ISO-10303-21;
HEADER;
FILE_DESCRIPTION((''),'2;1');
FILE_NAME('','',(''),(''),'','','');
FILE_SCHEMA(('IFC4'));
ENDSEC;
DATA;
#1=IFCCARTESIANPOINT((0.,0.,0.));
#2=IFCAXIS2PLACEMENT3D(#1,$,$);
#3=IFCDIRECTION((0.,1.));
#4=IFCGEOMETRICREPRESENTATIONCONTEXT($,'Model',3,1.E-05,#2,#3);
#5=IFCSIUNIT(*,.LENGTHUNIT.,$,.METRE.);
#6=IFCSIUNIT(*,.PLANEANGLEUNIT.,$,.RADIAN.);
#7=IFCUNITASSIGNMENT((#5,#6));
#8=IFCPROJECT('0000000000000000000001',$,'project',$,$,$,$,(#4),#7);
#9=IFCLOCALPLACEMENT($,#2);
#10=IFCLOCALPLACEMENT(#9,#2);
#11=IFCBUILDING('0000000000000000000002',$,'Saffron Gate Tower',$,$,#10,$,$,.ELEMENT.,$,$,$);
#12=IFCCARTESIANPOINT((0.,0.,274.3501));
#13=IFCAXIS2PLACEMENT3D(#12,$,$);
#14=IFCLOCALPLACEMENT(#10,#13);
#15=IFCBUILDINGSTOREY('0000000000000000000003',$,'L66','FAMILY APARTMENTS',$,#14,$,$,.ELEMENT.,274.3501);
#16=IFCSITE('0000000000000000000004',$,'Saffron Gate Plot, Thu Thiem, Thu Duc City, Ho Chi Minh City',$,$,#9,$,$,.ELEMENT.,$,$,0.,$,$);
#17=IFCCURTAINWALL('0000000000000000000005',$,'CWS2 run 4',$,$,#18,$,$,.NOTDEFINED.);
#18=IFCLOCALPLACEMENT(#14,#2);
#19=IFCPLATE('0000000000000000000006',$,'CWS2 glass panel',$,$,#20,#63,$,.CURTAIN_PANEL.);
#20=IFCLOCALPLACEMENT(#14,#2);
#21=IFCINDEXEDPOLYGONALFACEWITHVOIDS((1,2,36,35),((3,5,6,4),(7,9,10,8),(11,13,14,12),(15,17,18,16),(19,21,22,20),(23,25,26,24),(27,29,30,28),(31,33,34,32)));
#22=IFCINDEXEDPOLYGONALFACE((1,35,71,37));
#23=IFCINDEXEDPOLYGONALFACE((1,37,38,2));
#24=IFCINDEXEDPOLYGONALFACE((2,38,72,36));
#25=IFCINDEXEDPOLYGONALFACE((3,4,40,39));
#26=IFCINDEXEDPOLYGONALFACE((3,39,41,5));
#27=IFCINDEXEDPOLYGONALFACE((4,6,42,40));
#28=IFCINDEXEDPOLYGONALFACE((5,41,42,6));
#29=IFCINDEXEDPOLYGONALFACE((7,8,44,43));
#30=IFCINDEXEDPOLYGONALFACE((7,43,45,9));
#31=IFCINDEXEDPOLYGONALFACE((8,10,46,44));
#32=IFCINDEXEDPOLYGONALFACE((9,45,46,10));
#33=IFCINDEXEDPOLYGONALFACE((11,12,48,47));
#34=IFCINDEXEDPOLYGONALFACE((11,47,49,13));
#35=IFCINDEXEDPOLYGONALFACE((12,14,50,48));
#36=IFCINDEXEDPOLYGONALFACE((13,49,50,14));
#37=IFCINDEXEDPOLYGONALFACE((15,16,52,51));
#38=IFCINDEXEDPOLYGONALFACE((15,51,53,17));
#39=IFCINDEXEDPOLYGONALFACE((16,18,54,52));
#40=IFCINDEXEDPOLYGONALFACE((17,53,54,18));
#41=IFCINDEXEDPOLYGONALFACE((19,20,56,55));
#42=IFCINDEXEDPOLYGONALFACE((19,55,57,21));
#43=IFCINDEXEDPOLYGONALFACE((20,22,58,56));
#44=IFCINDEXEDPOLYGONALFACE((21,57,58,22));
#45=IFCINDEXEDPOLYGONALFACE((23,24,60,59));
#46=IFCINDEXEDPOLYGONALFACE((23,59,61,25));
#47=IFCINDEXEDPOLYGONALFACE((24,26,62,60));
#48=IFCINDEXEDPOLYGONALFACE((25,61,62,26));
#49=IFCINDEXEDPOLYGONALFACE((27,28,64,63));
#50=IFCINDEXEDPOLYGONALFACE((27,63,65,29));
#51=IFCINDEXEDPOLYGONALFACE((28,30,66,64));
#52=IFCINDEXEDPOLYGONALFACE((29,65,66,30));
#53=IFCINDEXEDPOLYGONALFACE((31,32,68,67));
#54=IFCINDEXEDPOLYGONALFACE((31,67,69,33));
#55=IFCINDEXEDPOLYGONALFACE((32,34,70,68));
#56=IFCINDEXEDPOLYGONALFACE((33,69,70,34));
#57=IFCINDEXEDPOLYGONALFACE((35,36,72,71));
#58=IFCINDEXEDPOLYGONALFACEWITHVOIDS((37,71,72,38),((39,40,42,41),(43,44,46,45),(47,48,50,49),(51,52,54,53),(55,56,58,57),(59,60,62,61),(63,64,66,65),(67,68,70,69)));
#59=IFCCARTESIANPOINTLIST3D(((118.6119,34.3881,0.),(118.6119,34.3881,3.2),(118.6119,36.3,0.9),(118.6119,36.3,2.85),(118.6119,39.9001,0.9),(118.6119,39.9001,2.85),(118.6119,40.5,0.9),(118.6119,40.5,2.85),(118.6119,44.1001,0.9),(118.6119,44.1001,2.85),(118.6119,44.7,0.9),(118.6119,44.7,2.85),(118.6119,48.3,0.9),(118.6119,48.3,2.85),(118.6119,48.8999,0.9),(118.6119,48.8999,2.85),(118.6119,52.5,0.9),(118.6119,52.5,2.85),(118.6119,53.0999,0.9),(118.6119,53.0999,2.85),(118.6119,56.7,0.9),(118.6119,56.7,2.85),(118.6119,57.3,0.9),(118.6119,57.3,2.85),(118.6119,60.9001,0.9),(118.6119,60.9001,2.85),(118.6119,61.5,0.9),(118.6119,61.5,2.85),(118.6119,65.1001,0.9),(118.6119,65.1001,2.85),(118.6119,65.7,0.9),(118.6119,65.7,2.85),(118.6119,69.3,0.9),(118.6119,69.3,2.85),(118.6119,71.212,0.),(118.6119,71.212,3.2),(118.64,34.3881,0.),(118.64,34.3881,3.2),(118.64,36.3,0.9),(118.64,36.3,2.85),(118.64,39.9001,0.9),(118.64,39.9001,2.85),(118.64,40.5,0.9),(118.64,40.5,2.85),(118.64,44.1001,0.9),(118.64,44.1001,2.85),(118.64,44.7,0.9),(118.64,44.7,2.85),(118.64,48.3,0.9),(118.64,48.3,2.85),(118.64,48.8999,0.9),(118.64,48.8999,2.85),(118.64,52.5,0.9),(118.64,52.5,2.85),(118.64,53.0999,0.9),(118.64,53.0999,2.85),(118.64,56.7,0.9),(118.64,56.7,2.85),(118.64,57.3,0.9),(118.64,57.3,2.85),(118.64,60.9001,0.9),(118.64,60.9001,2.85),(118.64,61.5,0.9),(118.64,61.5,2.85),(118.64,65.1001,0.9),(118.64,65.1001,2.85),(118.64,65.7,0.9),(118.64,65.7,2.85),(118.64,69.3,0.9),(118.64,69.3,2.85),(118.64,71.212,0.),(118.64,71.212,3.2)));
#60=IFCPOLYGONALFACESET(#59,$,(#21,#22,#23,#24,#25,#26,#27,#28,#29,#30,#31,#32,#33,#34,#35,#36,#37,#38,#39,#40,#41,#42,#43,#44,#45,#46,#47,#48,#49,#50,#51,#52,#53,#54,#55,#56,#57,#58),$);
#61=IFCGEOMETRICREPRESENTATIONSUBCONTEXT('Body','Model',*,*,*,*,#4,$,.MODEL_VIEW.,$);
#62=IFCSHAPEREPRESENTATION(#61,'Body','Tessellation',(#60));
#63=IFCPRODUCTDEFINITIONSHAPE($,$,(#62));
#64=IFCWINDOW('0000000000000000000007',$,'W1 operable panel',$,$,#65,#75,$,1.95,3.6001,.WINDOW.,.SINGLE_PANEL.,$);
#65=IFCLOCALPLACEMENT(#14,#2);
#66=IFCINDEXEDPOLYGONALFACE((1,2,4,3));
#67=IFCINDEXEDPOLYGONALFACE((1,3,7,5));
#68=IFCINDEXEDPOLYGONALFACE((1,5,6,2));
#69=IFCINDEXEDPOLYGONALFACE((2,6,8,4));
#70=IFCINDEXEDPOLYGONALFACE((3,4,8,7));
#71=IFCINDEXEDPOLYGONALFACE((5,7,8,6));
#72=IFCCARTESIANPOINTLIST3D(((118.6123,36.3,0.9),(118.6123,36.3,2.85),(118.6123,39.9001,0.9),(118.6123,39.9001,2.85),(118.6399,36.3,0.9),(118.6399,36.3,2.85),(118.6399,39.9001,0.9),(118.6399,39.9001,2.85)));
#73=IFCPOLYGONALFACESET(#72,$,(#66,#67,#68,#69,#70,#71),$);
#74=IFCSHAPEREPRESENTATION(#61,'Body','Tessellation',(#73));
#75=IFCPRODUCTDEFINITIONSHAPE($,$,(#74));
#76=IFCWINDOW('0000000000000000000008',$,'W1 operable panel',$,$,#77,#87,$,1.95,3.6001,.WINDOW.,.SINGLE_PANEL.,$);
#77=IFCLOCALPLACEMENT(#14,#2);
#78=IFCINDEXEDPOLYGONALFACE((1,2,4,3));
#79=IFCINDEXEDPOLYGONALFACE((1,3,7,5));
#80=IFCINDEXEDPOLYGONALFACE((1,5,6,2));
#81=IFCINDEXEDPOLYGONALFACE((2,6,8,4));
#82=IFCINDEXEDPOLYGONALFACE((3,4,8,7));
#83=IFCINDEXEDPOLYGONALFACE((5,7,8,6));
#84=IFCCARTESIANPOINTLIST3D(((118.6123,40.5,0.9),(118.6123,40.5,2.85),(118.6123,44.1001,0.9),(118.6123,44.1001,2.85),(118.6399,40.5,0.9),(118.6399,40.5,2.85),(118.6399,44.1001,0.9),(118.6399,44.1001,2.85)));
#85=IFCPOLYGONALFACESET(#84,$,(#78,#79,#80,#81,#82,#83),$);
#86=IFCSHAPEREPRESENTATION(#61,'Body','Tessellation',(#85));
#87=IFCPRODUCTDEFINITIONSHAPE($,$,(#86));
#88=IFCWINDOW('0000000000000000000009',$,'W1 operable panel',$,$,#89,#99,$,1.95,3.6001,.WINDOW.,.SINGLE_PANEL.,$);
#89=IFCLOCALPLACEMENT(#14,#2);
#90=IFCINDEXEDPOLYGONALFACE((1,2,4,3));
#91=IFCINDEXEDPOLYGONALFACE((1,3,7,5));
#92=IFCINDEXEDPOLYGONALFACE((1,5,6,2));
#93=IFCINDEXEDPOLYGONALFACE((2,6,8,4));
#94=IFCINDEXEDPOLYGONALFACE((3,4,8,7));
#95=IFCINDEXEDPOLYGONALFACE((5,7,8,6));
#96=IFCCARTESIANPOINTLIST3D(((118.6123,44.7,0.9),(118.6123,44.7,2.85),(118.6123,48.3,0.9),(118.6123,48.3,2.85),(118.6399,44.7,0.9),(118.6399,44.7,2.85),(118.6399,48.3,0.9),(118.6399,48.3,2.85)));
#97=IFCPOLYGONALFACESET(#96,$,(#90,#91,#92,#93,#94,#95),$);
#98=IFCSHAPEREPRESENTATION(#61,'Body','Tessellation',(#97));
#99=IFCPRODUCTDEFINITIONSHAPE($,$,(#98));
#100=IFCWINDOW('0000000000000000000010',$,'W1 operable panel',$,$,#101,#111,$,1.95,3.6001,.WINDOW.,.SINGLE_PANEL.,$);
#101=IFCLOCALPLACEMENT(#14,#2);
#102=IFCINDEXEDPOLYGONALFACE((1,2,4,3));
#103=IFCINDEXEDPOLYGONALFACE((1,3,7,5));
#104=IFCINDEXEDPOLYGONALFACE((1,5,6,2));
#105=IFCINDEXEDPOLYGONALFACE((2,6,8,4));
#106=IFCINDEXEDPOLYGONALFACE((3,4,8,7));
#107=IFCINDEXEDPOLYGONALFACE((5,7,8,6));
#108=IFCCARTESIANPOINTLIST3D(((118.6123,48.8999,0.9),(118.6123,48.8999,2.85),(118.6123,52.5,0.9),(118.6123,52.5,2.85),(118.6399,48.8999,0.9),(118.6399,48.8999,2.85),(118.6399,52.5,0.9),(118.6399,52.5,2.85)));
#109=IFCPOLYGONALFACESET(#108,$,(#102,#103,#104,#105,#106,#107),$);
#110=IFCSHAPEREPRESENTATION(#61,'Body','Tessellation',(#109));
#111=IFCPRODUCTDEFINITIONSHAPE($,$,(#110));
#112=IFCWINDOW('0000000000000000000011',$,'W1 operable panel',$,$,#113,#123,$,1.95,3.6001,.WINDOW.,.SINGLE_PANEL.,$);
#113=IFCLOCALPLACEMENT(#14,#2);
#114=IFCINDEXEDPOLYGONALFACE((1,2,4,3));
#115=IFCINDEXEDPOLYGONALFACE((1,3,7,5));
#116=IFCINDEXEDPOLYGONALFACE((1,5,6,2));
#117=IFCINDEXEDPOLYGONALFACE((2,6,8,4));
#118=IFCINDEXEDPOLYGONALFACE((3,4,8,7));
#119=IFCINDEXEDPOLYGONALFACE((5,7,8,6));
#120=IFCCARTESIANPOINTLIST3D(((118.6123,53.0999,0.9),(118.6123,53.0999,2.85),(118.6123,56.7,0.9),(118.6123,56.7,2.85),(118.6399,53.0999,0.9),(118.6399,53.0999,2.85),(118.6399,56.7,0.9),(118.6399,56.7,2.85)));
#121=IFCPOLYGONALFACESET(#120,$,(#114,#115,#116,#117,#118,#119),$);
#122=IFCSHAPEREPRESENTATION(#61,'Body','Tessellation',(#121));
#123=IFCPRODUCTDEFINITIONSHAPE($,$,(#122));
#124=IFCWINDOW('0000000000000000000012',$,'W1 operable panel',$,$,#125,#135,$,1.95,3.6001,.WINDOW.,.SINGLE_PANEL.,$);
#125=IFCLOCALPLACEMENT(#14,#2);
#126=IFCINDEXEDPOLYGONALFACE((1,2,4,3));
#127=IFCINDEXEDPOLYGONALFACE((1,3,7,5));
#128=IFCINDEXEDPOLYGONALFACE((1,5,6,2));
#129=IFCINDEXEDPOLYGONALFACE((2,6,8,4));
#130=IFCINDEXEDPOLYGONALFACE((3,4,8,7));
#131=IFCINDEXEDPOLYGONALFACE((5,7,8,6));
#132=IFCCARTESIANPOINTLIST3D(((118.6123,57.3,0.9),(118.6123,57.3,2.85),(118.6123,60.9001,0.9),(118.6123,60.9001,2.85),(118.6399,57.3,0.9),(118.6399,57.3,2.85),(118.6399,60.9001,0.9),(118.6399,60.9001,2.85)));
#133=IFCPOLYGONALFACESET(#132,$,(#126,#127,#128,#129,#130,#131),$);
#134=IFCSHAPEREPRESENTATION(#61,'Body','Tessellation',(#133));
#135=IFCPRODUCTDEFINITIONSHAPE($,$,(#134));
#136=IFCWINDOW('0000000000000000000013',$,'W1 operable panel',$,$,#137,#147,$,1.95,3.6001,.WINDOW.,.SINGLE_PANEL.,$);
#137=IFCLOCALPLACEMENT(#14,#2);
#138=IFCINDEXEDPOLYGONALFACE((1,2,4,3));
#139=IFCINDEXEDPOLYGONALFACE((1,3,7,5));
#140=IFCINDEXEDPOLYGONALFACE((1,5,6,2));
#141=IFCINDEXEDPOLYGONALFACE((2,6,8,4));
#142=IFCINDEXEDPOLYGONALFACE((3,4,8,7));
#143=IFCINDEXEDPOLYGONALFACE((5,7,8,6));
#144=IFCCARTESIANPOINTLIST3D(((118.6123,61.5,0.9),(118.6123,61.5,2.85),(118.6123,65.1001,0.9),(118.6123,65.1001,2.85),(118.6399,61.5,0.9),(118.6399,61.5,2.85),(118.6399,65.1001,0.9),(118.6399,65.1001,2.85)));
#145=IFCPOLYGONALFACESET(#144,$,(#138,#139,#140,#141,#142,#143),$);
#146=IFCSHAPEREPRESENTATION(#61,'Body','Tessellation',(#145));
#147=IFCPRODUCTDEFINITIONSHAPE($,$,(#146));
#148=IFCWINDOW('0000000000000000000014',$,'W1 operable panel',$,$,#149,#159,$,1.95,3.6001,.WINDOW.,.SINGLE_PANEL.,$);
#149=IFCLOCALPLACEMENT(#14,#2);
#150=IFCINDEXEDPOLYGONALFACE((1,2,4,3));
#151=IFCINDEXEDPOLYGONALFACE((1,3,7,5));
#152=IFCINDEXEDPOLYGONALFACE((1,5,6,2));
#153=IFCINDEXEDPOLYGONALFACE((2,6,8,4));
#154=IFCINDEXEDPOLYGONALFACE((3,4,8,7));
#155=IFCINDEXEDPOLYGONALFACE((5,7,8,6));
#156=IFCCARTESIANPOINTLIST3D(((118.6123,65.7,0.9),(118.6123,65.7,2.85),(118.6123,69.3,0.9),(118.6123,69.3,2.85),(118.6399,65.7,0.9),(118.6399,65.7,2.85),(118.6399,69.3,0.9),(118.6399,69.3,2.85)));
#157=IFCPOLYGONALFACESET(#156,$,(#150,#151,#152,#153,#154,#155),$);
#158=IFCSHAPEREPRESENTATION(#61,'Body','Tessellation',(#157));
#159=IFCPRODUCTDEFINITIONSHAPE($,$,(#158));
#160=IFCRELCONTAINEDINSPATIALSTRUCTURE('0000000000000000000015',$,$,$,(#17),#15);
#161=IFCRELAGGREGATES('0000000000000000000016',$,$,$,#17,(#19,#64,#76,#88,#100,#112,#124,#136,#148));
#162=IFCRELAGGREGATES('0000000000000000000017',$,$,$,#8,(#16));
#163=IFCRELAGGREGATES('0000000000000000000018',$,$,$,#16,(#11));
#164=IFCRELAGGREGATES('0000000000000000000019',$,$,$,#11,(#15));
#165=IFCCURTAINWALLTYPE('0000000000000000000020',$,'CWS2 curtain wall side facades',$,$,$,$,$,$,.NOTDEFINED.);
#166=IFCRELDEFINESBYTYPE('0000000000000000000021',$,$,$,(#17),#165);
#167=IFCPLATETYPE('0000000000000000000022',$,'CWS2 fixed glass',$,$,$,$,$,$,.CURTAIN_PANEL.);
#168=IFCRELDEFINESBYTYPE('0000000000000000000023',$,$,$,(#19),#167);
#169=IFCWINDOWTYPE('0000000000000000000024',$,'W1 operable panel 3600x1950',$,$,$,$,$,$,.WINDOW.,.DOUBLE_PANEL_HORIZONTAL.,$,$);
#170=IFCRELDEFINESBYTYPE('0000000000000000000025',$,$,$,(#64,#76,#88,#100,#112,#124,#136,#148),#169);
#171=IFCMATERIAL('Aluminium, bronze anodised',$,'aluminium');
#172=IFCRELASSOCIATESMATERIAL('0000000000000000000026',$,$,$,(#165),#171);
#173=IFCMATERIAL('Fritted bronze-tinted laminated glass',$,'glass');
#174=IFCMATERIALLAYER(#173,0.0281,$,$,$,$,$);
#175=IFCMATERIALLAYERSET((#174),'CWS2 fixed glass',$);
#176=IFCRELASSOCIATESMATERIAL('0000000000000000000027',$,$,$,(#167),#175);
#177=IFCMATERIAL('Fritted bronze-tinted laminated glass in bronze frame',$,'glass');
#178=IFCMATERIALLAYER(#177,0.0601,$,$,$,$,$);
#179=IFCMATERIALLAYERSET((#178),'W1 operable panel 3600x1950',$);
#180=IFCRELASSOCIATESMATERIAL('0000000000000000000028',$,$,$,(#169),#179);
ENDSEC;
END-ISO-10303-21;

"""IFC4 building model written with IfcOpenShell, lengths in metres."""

from ifc_helpers import new_model, si_unit, direction, frame, frame_2d, origin, place, context, subcontext, project, spatial, rectangle, extrude, material, layer, layer_set, type_object, element, fill, aggregate, save


model = new_model("IFC4")

# Units and contexts
model_context = context("Model", 3, precision=1e-05, world=origin(), true_north=direction((0.0, 1.0)))
body_context = subcontext(model_context, "Body", "Model", "MODEL_VIEW")
ifc_project = project(units=[si_unit("LENGTHUNIT", "METRE"), si_unit("PLANEANGLEUNIT", "RADIAN")], contexts=[model_context])

# Site, building, storey
site_placement = place(None, origin())
site = spatial("IfcSite", under=ifc_project, at=site_placement, Name="Saffron Gate Plot, Thu Thiem, Thu Duc City, Ho Chi Minh City", CompositionType="ELEMENT", RefElevation=0.0)
building_placement = place(site_placement, origin())
building = spatial("IfcBuilding", under=site, at=building_placement, Name="Saffron Gate Tower", CompositionType="ELEMENT")
storey_placement = place(building_placement, frame((0.0, 0.0, 274.3501)))
storey = spatial("IfcBuildingStorey", under=building, at=storey_placement, Name="L66", Description="FAMILY APARTMENTS", CompositionType="ELEMENT", Elevation=274.3501)

# Curtain wall
ifc_material_1 = material(Name="Aluminium, bronze anodised", Category="aluminium")
curtain_wall_type_1 = type_object("IfcCurtainWallType", Name="CWS2 curtain wall side facades", PredefinedType="NOTDEFINED", material=ifc_material_1)
curtain_wall_1_placement = place(storey_placement, origin())
curtain_wall_1 = element("IfcCurtainWall", 1, at=curtain_wall_1_placement, inside=storey, type_object=curtain_wall_type_1, Name="CWS2 run 4", PredefinedType="NOTDEFINED")

# Plate, openings, windows
ifc_material_2 = material(Name="Fritted bronze-tinted laminated glass", Category="glass")
ifc_layer_1 = layer(ifc_material_2, 0.0281)
ifc_layer_set_1 = layer_set([ifc_layer_1], Name="CWS2 fixed glass")
plate_type_1 = type_object("IfcPlateType", Name="CWS2 fixed glass", PredefinedType="CURTAIN_PANEL", material=ifc_layer_set_1)
plate_1_placement = place(storey_placement, frame((118.626, 34.3879, 0.0), z_axis=(0.0, 0.0, 1.0), x_axis=(0.0, 1.0, 0.0)))
plate_1 = element("IfcPlate", 2, at=plate_1_placement, type_object=plate_type_1, Name="CWS2 glass panel", PredefinedType="CURTAIN_PANEL", context=body_context, shape_type="SweptSolid", body=[
    extrude(rectangle(XDim=36.824, YDim=0.0281, at=frame_2d((18.4121, 0.0))), origin(), (0.0, 0.0, 1.0), 3.2),
])
opening_1_placement = place(plate_1_placement, frame((1.9121, 0.0, 0.8999)))
opening_1 = element("IfcOpeningElement", 3, at=opening_1_placement, cuts=plate_1, PredefinedType="OPENING", context=body_context, shape_type="SweptSolid", body=[
    extrude(rectangle(XDim=3.6001, YDim=1.95, at=frame_2d((1.8, 0.9751))), frame((0.0, 0.0239, 0.0), z_axis=(0.0, -1.0, 0.0), x_axis=(1.0, 0.0, 0.0)), (0.0, 0.0, 1.0), 0.0481),
])
opening_2_placement = place(plate_1_placement, frame((6.1121, 0.0, 0.8999)))
opening_2 = element("IfcOpeningElement", 4, at=opening_2_placement, cuts=plate_1, PredefinedType="OPENING", context=body_context, shape_type="SweptSolid", body=[
    extrude(rectangle(XDim=3.6001, YDim=1.95, at=frame_2d((1.8, 0.9751))), frame((0.0, 0.0239, 0.0), z_axis=(0.0, -1.0, 0.0), x_axis=(1.0, 0.0, 0.0)), (0.0, 0.0, 1.0), 0.0481),
])
opening_3_placement = place(plate_1_placement, frame((10.312, 0.0, 0.8999)))
opening_3 = element("IfcOpeningElement", 5, at=opening_3_placement, cuts=plate_1, PredefinedType="OPENING", context=body_context, shape_type="SweptSolid", body=[
    extrude(rectangle(XDim=3.6001, YDim=1.95, at=frame_2d((1.8, 0.9751))), frame((0.0, 0.0239, 0.0), z_axis=(0.0, -1.0, 0.0), x_axis=(1.0, 0.0, 0.0)), (0.0, 0.0, 1.0), 0.0481),
])
opening_4_placement = place(plate_1_placement, frame((14.512, 0.0, 0.8999)))
opening_4 = element("IfcOpeningElement", 6, at=opening_4_placement, cuts=plate_1, PredefinedType="OPENING", context=body_context, shape_type="SweptSolid", body=[
    extrude(rectangle(XDim=3.6001, YDim=1.95, at=frame_2d((1.8, 0.9751))), frame((0.0, 0.0239, 0.0), z_axis=(0.0, -1.0, 0.0), x_axis=(1.0, 0.0, 0.0)), (0.0, 0.0, 1.0), 0.0481),
])
opening_5_placement = place(plate_1_placement, frame((18.7119, 0.0, 0.8999)))
opening_5 = element("IfcOpeningElement", 7, at=opening_5_placement, cuts=plate_1, PredefinedType="OPENING", context=body_context, shape_type="SweptSolid", body=[
    extrude(rectangle(XDim=3.6001, YDim=1.95, at=frame_2d((1.8, 0.9751))), frame((0.0, 0.0239, 0.0), z_axis=(0.0, -1.0, 0.0), x_axis=(1.0, 0.0, 0.0)), (0.0, 0.0, 1.0), 0.0481),
])
opening_6_placement = place(plate_1_placement, frame((22.9121, 0.0, 0.8999)))
opening_6 = element("IfcOpeningElement", 8, at=opening_6_placement, cuts=plate_1, PredefinedType="OPENING", context=body_context, shape_type="SweptSolid", body=[
    extrude(rectangle(XDim=3.6001, YDim=1.95, at=frame_2d((1.8, 0.9751))), frame((0.0, 0.0239, 0.0), z_axis=(0.0, -1.0, 0.0), x_axis=(1.0, 0.0, 0.0)), (0.0, 0.0, 1.0), 0.0481),
])
opening_7_placement = place(plate_1_placement, frame((27.1121, 0.0, 0.8999)))
opening_7 = element("IfcOpeningElement", 9, at=opening_7_placement, cuts=plate_1, PredefinedType="OPENING", context=body_context, shape_type="SweptSolid", body=[
    extrude(rectangle(XDim=3.6001, YDim=1.95, at=frame_2d((1.8, 0.9751))), frame((0.0, 0.0239, 0.0), z_axis=(0.0, -1.0, 0.0), x_axis=(1.0, 0.0, 0.0)), (0.0, 0.0, 1.0), 0.0481),
])
opening_8_placement = place(plate_1_placement, frame((31.312, 0.0, 0.8999)))
opening_8 = element("IfcOpeningElement", 10, at=opening_8_placement, cuts=plate_1, PredefinedType="OPENING", context=body_context, shape_type="SweptSolid", body=[
    extrude(rectangle(XDim=3.6001, YDim=1.95, at=frame_2d((1.8, 0.9751))), frame((0.0, 0.0239, 0.0), z_axis=(0.0, -1.0, 0.0), x_axis=(1.0, 0.0, 0.0)), (0.0, 0.0, 1.0), 0.0481),
])
ifc_material_3 = material(Name="Fritted bronze-tinted laminated glass in bronze frame", Category="glass")
ifc_layer_2 = layer(ifc_material_3, 0.0601)
ifc_layer_set_2 = layer_set([ifc_layer_2], Name="W1 operable panel 3600x1950")
window_type = type_object("IfcWindowType", Name="W1 operable panel 3600x1950", PartitioningType="DOUBLE_PANEL_HORIZONTAL", PredefinedType="WINDOW", material=ifc_layer_set_2)
window_1_placement = place(opening_1_placement, origin())
window_1 = element("IfcWindow", 11, at=window_1_placement, type_object=window_type, Name="W1 operable panel", OverallHeight=1.95, OverallWidth=3.6001, PartitioningType="SINGLE_PANEL", PredefinedType="WINDOW", context=body_context, shape_type="SweptSolid", body=[
    extrude(rectangle(XDim=3.6001, YDim=1.95, at=frame_2d((1.8, 0.9751))), frame((0.0, 0.0137, 0.0), z_axis=(0.0, -1.0, 0.0), x_axis=(1.0, 0.0, 0.0)), (0.0, 0.0, 1.0), 0.0276),
])
fill(opening_1, window_1)
window_2_placement = place(opening_2_placement, origin())
window_2 = element("IfcWindow", 12, at=window_2_placement, type_object=window_type, Name="W1 operable panel", OverallHeight=1.95, OverallWidth=3.6001, PartitioningType="SINGLE_PANEL", PredefinedType="WINDOW", context=body_context, shape_type="SweptSolid", body=[
    extrude(rectangle(XDim=3.6001, YDim=1.95, at=frame_2d((1.8, 0.9751))), frame((0.0, 0.0137, 0.0), z_axis=(0.0, -1.0, 0.0), x_axis=(1.0, 0.0, 0.0)), (0.0, 0.0, 1.0), 0.0276),
])
fill(opening_2, window_2)
window_3_placement = place(opening_3_placement, origin())
window_3 = element("IfcWindow", 13, at=window_3_placement, type_object=window_type, Name="W1 operable panel", OverallHeight=1.95, OverallWidth=3.6001, PartitioningType="SINGLE_PANEL", PredefinedType="WINDOW", context=body_context, shape_type="SweptSolid", body=[
    extrude(rectangle(XDim=3.6001, YDim=1.95, at=frame_2d((1.8, 0.9751))), frame((0.0, 0.0137, 0.0), z_axis=(0.0, -1.0, 0.0), x_axis=(1.0, 0.0, 0.0)), (0.0, 0.0, 1.0), 0.0276),
])
fill(opening_3, window_3)
window_4_placement = place(opening_4_placement, origin())
window_4 = element("IfcWindow", 14, at=window_4_placement, type_object=window_type, Name="W1 operable panel", OverallHeight=1.95, OverallWidth=3.6001, PartitioningType="SINGLE_PANEL", PredefinedType="WINDOW", context=body_context, shape_type="SweptSolid", body=[
    extrude(rectangle(XDim=3.6001, YDim=1.95, at=frame_2d((1.8, 0.9751))), frame((0.0, 0.0137, 0.0), z_axis=(0.0, -1.0, 0.0), x_axis=(1.0, 0.0, 0.0)), (0.0, 0.0, 1.0), 0.0276),
])
fill(opening_4, window_4)
window_5_placement = place(opening_5_placement, origin())
window_5 = element("IfcWindow", 15, at=window_5_placement, type_object=window_type, Name="W1 operable panel", OverallHeight=1.95, OverallWidth=3.6001, PartitioningType="SINGLE_PANEL", PredefinedType="WINDOW", context=body_context, shape_type="SweptSolid", body=[
    extrude(rectangle(XDim=3.6001, YDim=1.95, at=frame_2d((1.8, 0.9751))), frame((0.0, 0.0137, 0.0), z_axis=(0.0, -1.0, 0.0), x_axis=(1.0, 0.0, 0.0)), (0.0, 0.0, 1.0), 0.0276),
])
fill(opening_5, window_5)
window_6_placement = place(opening_6_placement, origin())
window_6 = element("IfcWindow", 16, at=window_6_placement, type_object=window_type, Name="W1 operable panel", OverallHeight=1.95, OverallWidth=3.6001, PartitioningType="SINGLE_PANEL", PredefinedType="WINDOW", context=body_context, shape_type="SweptSolid", body=[
    extrude(rectangle(XDim=3.6001, YDim=1.95, at=frame_2d((1.8, 0.9751))), frame((0.0, 0.0137, 0.0), z_axis=(0.0, -1.0, 0.0), x_axis=(1.0, 0.0, 0.0)), (0.0, 0.0, 1.0), 0.0276),
])
fill(opening_6, window_6)
window_7_placement = place(opening_7_placement, origin())
window_7 = element("IfcWindow", 17, at=window_7_placement, type_object=window_type, Name="W1 operable panel", OverallHeight=1.95, OverallWidth=3.6001, PartitioningType="SINGLE_PANEL", PredefinedType="WINDOW", context=body_context, shape_type="SweptSolid", body=[
    extrude(rectangle(XDim=3.6001, YDim=1.95, at=frame_2d((1.8, 0.9751))), frame((0.0, 0.0137, 0.0), z_axis=(0.0, -1.0, 0.0), x_axis=(1.0, 0.0, 0.0)), (0.0, 0.0, 1.0), 0.0276),
])
fill(opening_7, window_7)
window_8_placement = place(opening_8_placement, origin())
window_8 = element("IfcWindow", 18, at=window_8_placement, type_object=window_type, Name="W1 operable panel", OverallHeight=1.95, OverallWidth=3.6001, PartitioningType="SINGLE_PANEL", PredefinedType="WINDOW", context=body_context, shape_type="SweptSolid", body=[
    extrude(rectangle(XDim=3.6001, YDim=1.95, at=frame_2d((1.8, 0.9751))), frame((0.0, 0.0137, 0.0), z_axis=(0.0, -1.0, 0.0), x_axis=(1.0, 0.0, 0.0)), (0.0, 0.0, 1.0), 0.0276),
])
fill(opening_8, window_8)
aggregate(curtain_wall_1, [plate_1, window_1, window_2, window_3, window_4, window_5, window_6, window_7, window_8])

save(model, "model.ifc")
